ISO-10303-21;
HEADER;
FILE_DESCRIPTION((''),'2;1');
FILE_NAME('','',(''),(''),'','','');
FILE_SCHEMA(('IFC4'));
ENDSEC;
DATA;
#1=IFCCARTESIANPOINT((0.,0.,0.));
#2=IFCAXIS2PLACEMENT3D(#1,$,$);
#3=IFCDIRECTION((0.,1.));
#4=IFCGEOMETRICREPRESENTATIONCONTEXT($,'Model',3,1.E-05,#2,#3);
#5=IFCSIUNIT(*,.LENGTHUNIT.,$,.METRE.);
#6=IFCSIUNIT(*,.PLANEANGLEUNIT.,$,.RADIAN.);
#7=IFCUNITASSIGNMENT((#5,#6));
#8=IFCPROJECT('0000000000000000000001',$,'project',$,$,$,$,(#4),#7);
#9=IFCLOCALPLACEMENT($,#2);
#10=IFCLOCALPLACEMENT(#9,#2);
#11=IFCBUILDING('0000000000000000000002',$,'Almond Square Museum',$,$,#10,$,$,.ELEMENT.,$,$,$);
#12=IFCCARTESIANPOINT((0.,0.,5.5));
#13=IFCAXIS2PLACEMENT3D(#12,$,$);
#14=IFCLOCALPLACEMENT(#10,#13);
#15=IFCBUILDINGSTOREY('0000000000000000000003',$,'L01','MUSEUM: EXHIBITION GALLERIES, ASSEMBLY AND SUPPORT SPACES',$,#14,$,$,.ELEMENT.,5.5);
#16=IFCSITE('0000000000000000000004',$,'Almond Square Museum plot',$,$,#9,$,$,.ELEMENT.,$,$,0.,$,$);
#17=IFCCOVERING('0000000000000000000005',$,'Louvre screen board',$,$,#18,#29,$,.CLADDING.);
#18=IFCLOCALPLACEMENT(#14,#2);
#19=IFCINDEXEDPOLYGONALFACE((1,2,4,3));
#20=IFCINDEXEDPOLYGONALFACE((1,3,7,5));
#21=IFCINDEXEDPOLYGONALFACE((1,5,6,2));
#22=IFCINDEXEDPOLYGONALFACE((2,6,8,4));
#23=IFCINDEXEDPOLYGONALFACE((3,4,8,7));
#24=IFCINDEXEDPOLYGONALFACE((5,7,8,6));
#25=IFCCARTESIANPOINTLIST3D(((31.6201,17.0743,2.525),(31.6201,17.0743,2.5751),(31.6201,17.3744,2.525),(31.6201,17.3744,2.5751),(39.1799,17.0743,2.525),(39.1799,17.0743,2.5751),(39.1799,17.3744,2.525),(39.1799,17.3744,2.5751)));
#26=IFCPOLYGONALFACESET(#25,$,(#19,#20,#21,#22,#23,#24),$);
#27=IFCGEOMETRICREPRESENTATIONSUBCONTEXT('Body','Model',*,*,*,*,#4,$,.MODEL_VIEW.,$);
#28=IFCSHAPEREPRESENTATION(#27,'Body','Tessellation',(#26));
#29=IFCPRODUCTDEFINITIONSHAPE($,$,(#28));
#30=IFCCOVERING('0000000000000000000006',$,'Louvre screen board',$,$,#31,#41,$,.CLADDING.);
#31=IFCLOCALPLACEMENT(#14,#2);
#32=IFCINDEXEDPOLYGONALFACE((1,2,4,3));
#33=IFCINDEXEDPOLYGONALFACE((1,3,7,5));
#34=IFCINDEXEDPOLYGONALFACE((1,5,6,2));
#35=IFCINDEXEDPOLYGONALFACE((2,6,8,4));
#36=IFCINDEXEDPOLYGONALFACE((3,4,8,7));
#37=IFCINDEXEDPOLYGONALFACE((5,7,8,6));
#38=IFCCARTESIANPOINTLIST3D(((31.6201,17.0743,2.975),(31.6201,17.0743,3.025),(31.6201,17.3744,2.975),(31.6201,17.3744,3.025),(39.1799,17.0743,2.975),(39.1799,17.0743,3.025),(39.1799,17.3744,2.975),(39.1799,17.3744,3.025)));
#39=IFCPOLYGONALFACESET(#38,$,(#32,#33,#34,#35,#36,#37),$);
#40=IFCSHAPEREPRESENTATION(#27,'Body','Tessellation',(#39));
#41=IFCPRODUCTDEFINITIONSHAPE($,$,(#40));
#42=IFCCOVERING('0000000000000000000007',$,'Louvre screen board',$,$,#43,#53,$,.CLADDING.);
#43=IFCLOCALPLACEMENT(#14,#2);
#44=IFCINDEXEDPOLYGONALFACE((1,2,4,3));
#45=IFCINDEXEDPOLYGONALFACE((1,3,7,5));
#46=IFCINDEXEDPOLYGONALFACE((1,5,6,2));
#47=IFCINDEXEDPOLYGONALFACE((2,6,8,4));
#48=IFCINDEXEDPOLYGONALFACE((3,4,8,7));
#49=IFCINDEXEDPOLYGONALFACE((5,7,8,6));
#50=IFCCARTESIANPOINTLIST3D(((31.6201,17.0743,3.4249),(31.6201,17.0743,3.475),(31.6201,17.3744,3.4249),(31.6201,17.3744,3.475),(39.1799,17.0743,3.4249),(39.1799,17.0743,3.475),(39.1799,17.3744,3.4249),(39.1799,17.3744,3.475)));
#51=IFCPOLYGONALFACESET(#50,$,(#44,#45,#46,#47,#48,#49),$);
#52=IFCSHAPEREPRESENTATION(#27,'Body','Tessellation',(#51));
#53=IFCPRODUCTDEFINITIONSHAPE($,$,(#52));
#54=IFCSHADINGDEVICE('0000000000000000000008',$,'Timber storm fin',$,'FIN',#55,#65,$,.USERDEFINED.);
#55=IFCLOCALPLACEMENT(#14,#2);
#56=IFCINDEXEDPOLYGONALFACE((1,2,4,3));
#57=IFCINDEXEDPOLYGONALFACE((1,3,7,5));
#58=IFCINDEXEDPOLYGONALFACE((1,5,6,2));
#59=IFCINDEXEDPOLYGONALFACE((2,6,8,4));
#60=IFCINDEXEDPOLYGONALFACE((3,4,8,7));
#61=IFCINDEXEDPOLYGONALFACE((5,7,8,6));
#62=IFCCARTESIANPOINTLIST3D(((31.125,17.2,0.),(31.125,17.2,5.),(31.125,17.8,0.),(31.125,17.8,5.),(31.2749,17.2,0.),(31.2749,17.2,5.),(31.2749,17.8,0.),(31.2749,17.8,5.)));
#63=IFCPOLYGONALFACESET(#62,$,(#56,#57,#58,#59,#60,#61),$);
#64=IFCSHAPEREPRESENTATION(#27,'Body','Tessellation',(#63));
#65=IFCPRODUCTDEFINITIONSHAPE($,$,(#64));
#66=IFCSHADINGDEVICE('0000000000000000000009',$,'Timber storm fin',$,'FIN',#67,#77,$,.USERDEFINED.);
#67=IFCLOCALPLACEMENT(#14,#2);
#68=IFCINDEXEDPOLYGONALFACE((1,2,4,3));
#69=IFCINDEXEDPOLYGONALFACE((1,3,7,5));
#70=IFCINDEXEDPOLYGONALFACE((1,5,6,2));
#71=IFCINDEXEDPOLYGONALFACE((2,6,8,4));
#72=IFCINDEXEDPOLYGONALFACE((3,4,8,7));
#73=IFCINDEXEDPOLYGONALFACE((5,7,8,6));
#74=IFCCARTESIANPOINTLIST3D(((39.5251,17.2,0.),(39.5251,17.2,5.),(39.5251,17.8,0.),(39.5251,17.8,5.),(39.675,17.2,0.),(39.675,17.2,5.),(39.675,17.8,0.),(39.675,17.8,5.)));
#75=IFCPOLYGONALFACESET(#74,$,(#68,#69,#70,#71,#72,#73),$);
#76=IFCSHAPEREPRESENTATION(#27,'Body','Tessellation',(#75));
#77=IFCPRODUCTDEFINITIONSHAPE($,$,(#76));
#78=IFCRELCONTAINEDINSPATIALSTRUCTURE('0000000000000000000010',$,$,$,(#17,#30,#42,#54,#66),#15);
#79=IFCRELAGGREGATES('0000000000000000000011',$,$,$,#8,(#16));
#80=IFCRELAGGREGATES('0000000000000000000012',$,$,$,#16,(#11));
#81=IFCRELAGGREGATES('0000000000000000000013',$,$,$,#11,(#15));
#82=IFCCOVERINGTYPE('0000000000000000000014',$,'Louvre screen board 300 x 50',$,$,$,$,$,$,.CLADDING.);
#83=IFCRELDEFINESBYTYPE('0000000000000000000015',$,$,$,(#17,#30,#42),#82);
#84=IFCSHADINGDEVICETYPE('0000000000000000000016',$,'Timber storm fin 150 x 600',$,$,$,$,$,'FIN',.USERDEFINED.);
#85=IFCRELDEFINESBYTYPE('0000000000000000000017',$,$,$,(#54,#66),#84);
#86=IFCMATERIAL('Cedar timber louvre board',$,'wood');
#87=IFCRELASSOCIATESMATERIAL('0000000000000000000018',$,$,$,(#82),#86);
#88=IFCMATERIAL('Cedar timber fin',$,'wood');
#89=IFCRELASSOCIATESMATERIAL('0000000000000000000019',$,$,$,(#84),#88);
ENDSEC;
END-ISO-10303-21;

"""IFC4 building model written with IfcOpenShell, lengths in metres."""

from ifc_helpers import new_model, si_unit, direction, frame, origin, origin_2d, place, context, subcontext, project, spatial, rectangle, extrude, material, material_profile, profile_set, type_object, element, save


model = new_model("IFC4")

# Units and contexts
model_context = context("Model", 3, precision=1e-05, world=origin(), true_north=direction((0.0, 1.0)))
body_context = subcontext(model_context, "Body", "Model", "MODEL_VIEW")
ifc_project = project(units=[si_unit("LENGTHUNIT", "METRE"), si_unit("PLANEANGLEUNIT", "RADIAN")], contexts=[model_context])

# Site, building, storey
site_placement = place(None, origin())
site = spatial("IfcSite", under=ifc_project, at=site_placement, Name="Almond Square Museum plot", CompositionType="ELEMENT", RefElevation=0.0)
building_placement = place(site_placement, origin())
building = spatial("IfcBuilding", under=site, at=building_placement, Name="Almond Square Museum", CompositionType="ELEMENT")
storey_placement = place(building_placement, frame((0.0, 0.0, 5.5)))
storey = spatial("IfcBuildingStorey", under=building, at=storey_placement, Name="L01", Description="MUSEUM: EXHIBITION GALLERIES, ASSEMBLY AND SUPPORT SPACES", CompositionType="ELEMENT", Elevation=5.5)

# Coverings
ifc_material_1 = material(Name="Cedar timber louvre board", Category="wood")
ifc_material_profile_1 = material_profile(ifc_material_1, rectangle(XDim=0.3, YDim=0.05, at=origin_2d()))
ifc_profile_set_1 = profile_set([ifc_material_profile_1], Name="Cedar timber louvre board")
covering_type = type_object("IfcCoveringType", Name="Louvre screen board 300 x 50", PredefinedType="CLADDING", material=ifc_profile_set_1)
for number, where, z_axis, x_axis, name in (
    (1, (31.6201, 17.2244, 2.55), (1.0, 0.0, 0.0), (0.0, 1.0, 0.0), "Louvre screen board"),
    (2, (31.6201, 17.2244, 3.0), (1.0, 0.0, 0.0), (0.0, 1.0, 0.0), "Louvre screen board"),
    (3, (31.6201, 17.2244, 3.45), (1.0, 0.0, 0.0), (0.0, 1.0, 0.0), "Louvre screen board"),
):
    element("IfcCovering", number, at=place(storey_placement, frame(where, z_axis=z_axis, x_axis=x_axis)), inside=storey, type_object=covering_type, Name=name, PredefinedType="CLADDING", context=body_context, shape_type="SweptSolid", body=[
        extrude(rectangle(XDim=0.3, YDim=0.05, at=origin_2d()), origin(), (0.0, 0.0, 1.0), 7.5598),
    ])

# Shading devices
ifc_material_2 = material(Name="Cedar timber fin", Category="wood")
shading_device_type_1 = type_object("IfcShadingDeviceType", Name="Timber storm fin 150 x 600", ElementType="FIN", PredefinedType="USERDEFINED", material=ifc_material_2)
for number, where, z_axis, x_axis, name in (
    (4, (31.2, 17.5, 0.0), (0.0, 0.0, 1.0), (1.0, 0.0, 0.0), "Timber storm fin"),
    (5, (39.6001, 17.5, 0.0), (0.0, 0.0, 1.0), (1.0, 0.0, 0.0), "Timber storm fin"),
):
    element("IfcShadingDevice", number, at=place(storey_placement, frame(where, z_axis=z_axis, x_axis=x_axis)), inside=storey, type_object=shading_device_type_1, Name=name, ObjectType="FIN", PredefinedType="USERDEFINED", context=body_context, shape_type="SweptSolid", body=[
        extrude(rectangle(XDim=0.1499, YDim=0.6001, at=origin_2d()), origin(), (0.0, 0.0, 1.0), 5.0),
    ])

save(model, "model.ifc")
